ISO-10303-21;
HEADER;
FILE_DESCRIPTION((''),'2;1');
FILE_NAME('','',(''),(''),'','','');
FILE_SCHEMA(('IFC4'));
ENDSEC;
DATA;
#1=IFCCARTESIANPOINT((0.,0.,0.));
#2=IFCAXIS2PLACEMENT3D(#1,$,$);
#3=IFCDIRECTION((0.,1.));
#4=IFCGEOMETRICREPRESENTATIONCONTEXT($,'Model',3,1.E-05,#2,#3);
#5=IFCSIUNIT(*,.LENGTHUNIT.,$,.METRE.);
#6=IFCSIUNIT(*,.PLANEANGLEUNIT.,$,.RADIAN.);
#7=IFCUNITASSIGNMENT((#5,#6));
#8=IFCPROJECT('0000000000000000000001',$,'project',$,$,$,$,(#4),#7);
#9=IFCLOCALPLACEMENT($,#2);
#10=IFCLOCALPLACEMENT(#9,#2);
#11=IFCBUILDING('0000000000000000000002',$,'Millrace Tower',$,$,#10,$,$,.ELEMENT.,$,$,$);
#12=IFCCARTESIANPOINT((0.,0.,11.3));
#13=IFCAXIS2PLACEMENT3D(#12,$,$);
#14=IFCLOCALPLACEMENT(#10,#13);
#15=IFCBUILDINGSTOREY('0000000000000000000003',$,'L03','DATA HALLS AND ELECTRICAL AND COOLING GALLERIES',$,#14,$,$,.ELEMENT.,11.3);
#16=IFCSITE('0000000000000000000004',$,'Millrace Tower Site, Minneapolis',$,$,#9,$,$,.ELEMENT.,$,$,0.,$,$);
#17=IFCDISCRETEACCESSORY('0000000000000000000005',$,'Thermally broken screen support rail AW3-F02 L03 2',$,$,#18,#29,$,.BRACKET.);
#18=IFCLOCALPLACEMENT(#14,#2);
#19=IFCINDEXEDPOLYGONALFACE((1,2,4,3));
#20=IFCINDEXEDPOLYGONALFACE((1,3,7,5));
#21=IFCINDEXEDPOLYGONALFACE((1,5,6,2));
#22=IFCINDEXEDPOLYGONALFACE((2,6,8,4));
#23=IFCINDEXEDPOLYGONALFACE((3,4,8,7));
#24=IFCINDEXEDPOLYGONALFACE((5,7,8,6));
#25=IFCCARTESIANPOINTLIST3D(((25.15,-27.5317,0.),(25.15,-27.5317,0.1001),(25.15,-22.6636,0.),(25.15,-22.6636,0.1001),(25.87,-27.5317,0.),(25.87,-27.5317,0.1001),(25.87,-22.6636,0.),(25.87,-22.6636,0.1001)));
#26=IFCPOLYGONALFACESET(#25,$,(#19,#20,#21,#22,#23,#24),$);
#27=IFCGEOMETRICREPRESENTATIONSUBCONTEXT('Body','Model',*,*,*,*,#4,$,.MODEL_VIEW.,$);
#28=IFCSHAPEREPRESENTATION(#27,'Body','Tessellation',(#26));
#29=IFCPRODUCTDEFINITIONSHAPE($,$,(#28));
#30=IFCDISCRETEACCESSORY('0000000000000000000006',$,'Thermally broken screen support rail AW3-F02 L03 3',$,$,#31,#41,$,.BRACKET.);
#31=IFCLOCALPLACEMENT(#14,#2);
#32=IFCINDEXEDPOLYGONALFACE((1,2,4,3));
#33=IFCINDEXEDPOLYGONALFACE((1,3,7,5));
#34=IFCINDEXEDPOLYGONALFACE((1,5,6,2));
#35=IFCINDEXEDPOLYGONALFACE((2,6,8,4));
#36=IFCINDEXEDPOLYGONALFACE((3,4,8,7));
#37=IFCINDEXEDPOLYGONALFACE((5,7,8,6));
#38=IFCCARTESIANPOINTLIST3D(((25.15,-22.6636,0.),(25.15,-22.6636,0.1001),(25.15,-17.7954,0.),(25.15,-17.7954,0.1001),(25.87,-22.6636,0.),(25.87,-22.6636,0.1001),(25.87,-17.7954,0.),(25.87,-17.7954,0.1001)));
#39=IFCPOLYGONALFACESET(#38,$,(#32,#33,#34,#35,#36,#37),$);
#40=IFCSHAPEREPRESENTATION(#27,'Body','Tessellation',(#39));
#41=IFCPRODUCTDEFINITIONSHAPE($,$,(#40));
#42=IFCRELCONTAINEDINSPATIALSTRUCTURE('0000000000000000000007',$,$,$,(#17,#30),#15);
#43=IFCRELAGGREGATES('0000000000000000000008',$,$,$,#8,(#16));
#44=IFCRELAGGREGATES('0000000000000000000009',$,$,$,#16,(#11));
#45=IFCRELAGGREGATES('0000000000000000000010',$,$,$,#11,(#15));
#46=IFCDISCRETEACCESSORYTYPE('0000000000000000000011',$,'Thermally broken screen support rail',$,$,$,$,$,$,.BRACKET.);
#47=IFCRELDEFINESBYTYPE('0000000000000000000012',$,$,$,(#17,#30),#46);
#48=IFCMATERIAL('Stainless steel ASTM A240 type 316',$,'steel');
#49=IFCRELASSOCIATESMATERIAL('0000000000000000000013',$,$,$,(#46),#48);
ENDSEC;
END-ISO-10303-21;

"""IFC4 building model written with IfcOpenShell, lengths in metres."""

from ifc_helpers import new_model, si_unit, direction, frame, origin, origin_2d, place, context, subcontext, project, spatial, rectangle, extrude, material, type_object, element, save


model = new_model("IFC4")

# Units and contexts
model_context = context("Model", 3, precision=1e-05, world=origin(), true_north=direction((0.0, 1.0)))
body_context = subcontext(model_context, "Body", "Model", "MODEL_VIEW")
ifc_project = project(units=[si_unit("LENGTHUNIT", "METRE"), si_unit("PLANEANGLEUNIT", "RADIAN")], contexts=[model_context])

# Site, building, storey
site_placement = place(None, origin())
site = spatial("IfcSite", under=ifc_project, at=site_placement, Name="Millrace Tower Site, Minneapolis", CompositionType="ELEMENT", RefElevation=0.0)
building_placement = place(site_placement, origin())
building = spatial("IfcBuilding", under=site, at=building_placement, Name="Millrace Tower", CompositionType="ELEMENT")
storey_placement = place(building_placement, frame((0.0, 0.0, 11.3)))
storey = spatial("IfcBuildingStorey", under=building, at=storey_placement, Name="L03", Description="DATA HALLS AND ELECTRICAL AND COOLING GALLERIES", CompositionType="ELEMENT", Elevation=11.3)

# Discrete accessories
ifc_material_1 = material(Name="Stainless steel ASTM A240 type 316", Category="steel")
discrete_accessory_type = type_object("IfcDiscreteAccessoryType", Name="Thermally broken screen support rail", PredefinedType="BRACKET", material=ifc_material_1)
for number, where, z_axis, x_axis, name in (
    (1, (25.51, -25.0977, 0.0), (0.0, 0.0, 1.0), (0.0, 1.0, 0.0), "Thermally broken screen support rail AW3-F02 L03 2"),
    (2, (25.51, -20.2295, 0.0), (0.0, 0.0, 1.0), (0.0, 1.0, 0.0), "Thermally broken screen support rail AW3-F02 L03 3"),
):
    element("IfcDiscreteAccessory", number, at=place(storey_placement, frame(where, z_axis=z_axis, x_axis=x_axis)), inside=storey, type_object=discrete_accessory_type, Name=name, PredefinedType="BRACKET", context=body_context, shape_type="SweptSolid", body=[
        extrude(rectangle(XDim=4.8682, YDim=0.72, at=origin_2d()), origin(), (0.0, 0.0, 1.0), 0.1001),
    ])

save(model, "model.ifc")
